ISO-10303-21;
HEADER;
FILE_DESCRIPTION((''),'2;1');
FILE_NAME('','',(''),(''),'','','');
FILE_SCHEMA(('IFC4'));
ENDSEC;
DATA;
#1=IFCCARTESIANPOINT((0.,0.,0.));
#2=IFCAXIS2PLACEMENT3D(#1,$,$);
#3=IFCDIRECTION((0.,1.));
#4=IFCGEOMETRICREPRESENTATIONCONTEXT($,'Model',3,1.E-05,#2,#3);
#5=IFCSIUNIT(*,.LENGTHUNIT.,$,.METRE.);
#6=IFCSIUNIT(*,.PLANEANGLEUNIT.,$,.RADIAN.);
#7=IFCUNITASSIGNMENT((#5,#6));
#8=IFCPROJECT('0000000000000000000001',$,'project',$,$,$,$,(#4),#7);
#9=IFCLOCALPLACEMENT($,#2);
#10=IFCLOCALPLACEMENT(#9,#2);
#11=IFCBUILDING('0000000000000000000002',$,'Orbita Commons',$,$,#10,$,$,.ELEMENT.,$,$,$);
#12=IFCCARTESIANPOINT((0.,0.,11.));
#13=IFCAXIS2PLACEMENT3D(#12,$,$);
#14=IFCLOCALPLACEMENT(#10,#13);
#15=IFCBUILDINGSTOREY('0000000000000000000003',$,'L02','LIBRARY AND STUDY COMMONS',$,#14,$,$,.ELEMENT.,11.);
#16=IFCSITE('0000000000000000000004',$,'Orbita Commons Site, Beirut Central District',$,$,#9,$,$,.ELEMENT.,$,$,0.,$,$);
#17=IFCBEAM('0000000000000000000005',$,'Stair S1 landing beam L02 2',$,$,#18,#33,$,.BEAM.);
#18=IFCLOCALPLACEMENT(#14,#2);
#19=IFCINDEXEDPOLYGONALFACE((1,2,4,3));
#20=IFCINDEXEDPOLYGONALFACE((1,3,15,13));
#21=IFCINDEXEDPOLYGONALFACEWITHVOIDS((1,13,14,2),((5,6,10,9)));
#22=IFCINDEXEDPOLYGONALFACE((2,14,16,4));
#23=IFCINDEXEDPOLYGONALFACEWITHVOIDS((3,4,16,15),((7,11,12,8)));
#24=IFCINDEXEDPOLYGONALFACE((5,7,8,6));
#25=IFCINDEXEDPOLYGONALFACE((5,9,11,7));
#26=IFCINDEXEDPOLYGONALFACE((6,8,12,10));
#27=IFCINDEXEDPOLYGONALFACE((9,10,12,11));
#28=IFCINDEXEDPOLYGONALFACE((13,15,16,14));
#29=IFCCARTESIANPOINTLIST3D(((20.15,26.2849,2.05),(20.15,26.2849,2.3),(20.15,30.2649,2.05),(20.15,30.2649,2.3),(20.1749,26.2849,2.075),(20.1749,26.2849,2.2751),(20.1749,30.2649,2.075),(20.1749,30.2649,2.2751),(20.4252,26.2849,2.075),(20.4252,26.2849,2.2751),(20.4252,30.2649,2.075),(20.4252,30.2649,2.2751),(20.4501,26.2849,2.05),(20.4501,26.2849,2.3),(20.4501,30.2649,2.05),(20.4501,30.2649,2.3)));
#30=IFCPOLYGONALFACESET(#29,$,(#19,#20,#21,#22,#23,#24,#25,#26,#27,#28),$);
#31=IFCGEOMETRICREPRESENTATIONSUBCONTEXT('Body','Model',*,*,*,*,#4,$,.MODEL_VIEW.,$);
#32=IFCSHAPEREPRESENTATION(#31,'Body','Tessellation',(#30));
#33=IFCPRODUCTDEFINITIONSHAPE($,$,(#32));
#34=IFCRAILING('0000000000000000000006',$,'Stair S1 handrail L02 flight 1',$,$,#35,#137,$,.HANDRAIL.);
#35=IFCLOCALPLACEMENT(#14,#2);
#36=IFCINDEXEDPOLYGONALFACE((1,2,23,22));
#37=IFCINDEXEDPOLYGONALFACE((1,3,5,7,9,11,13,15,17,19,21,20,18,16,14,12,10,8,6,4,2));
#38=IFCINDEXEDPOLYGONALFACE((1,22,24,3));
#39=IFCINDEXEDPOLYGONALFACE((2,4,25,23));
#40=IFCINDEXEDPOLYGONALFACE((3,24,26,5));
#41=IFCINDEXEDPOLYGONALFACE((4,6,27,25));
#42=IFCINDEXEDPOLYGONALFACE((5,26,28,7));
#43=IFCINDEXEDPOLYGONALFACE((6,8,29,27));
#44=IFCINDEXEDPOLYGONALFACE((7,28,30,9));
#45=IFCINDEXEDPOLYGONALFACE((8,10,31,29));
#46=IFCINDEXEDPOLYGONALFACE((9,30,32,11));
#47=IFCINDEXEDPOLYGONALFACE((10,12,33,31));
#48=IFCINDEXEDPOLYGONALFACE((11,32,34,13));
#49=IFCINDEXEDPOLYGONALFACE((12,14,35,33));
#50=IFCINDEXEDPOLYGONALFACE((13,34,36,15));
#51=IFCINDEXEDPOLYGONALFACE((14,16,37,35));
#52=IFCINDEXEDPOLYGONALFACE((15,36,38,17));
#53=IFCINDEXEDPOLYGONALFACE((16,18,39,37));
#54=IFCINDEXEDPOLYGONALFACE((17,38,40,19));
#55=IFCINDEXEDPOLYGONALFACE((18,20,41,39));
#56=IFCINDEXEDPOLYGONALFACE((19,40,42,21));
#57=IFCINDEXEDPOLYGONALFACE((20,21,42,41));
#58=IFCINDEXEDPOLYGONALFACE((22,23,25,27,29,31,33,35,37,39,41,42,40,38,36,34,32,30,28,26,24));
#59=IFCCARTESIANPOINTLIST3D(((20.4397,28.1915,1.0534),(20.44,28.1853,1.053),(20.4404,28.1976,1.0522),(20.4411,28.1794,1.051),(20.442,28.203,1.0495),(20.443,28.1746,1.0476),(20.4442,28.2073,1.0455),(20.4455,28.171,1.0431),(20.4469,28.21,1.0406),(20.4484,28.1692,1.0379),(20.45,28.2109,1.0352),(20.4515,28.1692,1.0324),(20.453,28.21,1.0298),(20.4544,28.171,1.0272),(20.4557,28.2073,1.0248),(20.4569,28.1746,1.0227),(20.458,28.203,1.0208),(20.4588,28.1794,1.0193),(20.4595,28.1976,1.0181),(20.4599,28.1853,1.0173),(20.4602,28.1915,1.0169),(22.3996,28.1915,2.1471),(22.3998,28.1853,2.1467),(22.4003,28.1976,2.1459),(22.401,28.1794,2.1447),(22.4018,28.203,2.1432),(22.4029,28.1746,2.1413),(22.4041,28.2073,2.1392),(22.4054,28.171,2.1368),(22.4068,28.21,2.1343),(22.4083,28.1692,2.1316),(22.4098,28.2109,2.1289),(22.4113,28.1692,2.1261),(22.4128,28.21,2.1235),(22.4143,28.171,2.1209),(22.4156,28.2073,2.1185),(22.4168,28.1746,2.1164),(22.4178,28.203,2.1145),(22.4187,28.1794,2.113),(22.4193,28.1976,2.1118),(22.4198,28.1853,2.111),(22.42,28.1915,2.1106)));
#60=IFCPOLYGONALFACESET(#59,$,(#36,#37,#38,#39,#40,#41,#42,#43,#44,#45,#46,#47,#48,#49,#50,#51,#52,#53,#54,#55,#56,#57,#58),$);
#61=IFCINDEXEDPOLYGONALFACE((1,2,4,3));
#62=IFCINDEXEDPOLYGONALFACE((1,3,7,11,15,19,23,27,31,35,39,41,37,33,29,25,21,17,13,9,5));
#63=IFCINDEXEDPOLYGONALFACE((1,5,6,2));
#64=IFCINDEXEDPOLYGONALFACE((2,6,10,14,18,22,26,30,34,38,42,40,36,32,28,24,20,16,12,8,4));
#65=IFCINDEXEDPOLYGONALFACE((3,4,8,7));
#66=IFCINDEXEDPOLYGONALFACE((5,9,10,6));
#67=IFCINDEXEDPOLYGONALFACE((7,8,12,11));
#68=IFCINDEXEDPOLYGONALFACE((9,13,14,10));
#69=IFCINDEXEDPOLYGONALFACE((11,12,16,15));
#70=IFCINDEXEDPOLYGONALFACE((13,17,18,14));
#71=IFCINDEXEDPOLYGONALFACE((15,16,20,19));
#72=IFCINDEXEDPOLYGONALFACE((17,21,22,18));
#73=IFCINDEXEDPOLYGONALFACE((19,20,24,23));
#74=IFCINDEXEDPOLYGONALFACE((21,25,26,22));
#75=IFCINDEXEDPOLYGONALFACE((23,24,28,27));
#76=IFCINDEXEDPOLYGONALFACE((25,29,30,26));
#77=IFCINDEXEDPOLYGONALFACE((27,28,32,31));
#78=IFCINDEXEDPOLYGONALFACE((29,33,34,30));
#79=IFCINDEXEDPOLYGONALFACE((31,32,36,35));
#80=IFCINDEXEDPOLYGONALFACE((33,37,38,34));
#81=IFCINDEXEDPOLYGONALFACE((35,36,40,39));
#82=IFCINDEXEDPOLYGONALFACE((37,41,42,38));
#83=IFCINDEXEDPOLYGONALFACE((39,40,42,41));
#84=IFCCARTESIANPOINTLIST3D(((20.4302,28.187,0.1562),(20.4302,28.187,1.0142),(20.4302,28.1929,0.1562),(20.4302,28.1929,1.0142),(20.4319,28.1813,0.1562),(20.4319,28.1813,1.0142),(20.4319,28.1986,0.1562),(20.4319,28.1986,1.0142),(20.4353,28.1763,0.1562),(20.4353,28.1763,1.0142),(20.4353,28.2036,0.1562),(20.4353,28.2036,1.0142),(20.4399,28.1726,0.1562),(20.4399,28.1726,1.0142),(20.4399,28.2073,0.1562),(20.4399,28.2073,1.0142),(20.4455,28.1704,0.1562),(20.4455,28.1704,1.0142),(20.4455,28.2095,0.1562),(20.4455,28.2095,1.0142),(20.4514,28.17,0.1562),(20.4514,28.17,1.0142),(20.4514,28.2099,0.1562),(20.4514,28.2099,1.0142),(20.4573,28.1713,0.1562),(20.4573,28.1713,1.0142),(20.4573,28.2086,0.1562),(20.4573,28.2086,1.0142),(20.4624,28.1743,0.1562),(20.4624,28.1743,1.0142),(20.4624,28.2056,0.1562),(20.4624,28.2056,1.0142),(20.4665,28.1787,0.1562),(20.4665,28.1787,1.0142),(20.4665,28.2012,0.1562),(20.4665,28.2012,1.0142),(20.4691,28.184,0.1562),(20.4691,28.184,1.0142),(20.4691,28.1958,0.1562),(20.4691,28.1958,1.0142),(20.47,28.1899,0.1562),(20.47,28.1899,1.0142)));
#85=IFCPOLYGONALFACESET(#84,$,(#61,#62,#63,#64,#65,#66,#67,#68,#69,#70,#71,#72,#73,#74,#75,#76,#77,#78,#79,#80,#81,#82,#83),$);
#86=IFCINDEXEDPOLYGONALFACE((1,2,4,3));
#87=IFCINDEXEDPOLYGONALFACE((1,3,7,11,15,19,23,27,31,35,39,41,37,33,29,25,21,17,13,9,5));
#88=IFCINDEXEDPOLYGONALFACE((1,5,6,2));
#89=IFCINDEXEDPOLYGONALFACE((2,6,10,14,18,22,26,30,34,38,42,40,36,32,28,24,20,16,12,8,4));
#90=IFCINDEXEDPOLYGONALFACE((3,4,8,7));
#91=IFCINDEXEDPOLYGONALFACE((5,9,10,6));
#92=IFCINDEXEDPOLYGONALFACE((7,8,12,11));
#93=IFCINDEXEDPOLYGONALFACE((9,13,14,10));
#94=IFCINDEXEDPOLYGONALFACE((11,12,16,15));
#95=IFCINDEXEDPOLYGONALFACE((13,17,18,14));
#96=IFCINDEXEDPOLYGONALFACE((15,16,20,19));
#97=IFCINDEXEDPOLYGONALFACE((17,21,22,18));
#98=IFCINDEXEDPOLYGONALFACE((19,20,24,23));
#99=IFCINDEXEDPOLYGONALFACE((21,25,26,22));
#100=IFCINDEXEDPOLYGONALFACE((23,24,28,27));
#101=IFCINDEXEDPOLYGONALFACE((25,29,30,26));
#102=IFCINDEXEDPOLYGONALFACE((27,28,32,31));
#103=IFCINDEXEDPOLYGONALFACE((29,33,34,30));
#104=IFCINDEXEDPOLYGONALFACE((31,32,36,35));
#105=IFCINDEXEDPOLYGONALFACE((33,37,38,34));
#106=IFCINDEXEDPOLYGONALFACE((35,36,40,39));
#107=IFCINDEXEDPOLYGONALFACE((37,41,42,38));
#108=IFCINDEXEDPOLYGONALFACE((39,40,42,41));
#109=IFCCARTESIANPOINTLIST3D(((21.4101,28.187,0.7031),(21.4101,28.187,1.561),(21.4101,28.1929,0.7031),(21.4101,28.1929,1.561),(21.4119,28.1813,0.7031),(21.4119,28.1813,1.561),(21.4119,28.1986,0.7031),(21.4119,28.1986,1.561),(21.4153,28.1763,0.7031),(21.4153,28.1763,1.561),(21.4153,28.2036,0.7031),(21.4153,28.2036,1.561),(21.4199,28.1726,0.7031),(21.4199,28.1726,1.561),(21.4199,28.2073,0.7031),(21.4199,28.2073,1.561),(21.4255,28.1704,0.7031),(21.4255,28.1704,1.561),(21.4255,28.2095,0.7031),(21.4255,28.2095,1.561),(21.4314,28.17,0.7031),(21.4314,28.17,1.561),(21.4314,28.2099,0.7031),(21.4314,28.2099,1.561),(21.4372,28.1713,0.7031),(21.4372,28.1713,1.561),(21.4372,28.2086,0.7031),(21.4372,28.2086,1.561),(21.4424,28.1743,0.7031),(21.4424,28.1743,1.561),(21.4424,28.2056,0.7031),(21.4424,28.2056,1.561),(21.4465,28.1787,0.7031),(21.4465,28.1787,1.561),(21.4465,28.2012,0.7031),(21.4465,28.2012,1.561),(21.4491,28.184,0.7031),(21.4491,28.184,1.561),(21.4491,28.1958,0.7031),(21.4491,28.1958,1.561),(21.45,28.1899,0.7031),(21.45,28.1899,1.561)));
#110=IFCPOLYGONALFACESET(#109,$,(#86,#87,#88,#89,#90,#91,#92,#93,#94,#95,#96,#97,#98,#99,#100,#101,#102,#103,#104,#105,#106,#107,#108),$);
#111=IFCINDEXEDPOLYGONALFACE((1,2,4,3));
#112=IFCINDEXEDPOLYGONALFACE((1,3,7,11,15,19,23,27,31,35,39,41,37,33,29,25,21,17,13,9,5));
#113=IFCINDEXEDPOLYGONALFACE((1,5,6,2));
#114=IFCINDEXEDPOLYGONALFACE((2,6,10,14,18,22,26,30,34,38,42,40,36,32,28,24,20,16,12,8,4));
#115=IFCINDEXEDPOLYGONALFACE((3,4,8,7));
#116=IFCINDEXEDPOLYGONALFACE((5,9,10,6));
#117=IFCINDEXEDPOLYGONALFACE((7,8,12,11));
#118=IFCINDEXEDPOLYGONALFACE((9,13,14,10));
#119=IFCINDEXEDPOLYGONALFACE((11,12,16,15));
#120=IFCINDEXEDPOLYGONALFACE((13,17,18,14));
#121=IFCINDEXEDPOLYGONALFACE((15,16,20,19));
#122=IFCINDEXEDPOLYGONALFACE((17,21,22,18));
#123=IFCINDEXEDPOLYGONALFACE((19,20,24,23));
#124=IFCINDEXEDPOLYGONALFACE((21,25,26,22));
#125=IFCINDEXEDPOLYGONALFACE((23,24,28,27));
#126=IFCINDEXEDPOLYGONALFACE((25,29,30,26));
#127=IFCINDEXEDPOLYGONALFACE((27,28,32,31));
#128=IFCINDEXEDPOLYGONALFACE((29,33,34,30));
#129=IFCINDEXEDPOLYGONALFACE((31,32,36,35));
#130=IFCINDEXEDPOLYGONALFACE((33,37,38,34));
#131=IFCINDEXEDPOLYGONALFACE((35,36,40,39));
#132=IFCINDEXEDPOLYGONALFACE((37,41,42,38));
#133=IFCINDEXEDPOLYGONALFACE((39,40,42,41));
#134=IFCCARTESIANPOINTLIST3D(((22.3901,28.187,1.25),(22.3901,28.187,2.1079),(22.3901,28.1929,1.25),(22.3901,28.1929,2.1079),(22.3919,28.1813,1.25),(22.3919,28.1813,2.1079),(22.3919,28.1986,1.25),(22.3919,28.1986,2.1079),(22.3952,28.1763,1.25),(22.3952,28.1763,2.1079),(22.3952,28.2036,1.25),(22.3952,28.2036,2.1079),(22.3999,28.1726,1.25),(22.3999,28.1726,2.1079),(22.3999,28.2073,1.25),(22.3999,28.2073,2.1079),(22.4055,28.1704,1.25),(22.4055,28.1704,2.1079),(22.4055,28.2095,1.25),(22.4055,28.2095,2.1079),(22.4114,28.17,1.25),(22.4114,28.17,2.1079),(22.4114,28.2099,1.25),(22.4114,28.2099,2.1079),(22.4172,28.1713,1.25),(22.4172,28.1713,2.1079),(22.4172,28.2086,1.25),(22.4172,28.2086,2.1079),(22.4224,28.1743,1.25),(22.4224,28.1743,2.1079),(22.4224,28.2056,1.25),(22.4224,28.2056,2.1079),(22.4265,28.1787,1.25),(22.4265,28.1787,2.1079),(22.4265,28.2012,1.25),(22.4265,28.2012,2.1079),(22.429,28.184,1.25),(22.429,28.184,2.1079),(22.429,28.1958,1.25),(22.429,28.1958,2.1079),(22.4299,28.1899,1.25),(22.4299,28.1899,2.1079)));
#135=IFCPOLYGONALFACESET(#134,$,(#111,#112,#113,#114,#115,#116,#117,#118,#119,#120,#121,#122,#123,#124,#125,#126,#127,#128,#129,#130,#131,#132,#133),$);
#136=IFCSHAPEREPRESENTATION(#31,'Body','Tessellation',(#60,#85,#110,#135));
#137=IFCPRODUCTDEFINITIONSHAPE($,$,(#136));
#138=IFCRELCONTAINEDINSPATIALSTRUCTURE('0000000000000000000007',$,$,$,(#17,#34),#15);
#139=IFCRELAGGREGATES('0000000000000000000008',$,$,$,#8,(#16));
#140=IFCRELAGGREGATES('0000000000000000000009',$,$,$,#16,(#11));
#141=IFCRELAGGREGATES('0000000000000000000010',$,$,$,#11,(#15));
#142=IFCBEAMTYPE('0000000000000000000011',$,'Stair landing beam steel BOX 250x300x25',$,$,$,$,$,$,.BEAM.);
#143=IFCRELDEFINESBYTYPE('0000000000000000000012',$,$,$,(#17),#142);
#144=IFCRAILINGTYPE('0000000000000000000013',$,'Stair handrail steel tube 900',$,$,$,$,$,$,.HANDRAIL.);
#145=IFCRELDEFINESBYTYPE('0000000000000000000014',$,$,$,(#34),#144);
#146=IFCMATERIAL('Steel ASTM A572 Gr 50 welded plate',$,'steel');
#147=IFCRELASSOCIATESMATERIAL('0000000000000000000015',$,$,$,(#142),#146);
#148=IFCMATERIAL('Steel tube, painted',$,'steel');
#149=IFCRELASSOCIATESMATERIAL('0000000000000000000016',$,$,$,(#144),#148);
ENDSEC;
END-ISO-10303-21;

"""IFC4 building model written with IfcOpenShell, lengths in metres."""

from ifc_helpers import new_model, si_unit, direction, frame, origin, origin_2d, place, context, subcontext, project, spatial, hollow_rectangle, circle, extrude, material, material_profile, profile_set, type_object, element, save


model = new_model("IFC4")

# Units and contexts
model_context = context("Model", 3, precision=1e-05, world=origin(), true_north=direction((0.0, 1.0)))
body_context = subcontext(model_context, "Body", "Model", "MODEL_VIEW")
ifc_project = project(units=[si_unit("LENGTHUNIT", "METRE"), si_unit("PLANEANGLEUNIT", "RADIAN")], contexts=[model_context])

# Site, building, storey
site_placement = place(None, origin())
site = spatial("IfcSite", under=ifc_project, at=site_placement, Name="Orbita Commons Site, Beirut Central District", CompositionType="ELEMENT", RefElevation=0.0)
building_placement = place(site_placement, origin())
building = spatial("IfcBuilding", under=site, at=building_placement, Name="Orbita Commons", CompositionType="ELEMENT")
storey_placement = place(building_placement, frame((0.0, 0.0, 11.0)))
storey = spatial("IfcBuildingStorey", under=building, at=storey_placement, Name="L02", Description="LIBRARY AND STUDY COMMONS", CompositionType="ELEMENT", Elevation=11.0)

# Beam
ifc_material_1 = material(Name="Steel ASTM A572 Gr 50 welded plate", Category="steel")
ifc_material_profile = material_profile(ifc_material_1, hollow_rectangle(XDim=0.3, YDim=0.25, WallThickness=0.0249, at=origin_2d()), Name="BOX 250x300x25")
ifc_profile_set = profile_set([ifc_material_profile], Name="Steel ASTM A572 Gr 50 welded plate")
beam_type = type_object("IfcBeamType", Name="Stair landing beam steel BOX 250x300x25", PredefinedType="BEAM", material=ifc_profile_set)
beam_placement = place(storey_placement, frame((20.3, 26.2849, 2.175), z_axis=(0.0, 1.0, 0.0), x_axis=(-1.0, 0.0, 0.0)))
element("IfcBeam", 1, at=beam_placement, inside=storey, type_object=beam_type, Name="Stair S1 landing beam L02 2", PredefinedType="BEAM", context=body_context, shape_type="SweptSolid", body=[
    extrude(hollow_rectangle(XDim=0.3, YDim=0.25, WallThickness=0.0249, at=origin_2d()), origin(), (0.0, 0.0, 1.0), 3.98),
])

# Railing
ifc_material_2 = material(Name="Steel tube, painted", Category="steel")
railing_type = type_object("IfcRailingType", Name="Stair handrail steel tube 900", PredefinedType="HANDRAIL", material=ifc_material_2)
for number, where, name in (
    (2, (20.45, 28.1899, 0.1562), "Stair S1 handrail L02 flight 1"),
):
    element("IfcRailing", number, at=place(storey_placement, frame(where)), inside=storey, type_object=railing_type, Name=name, PredefinedType="HANDRAIL", context=body_context, shape_type="SweptSolid", body=[
        extrude(circle(Radius=0.021, at=origin_2d()), frame((0.0, 0.0, 0.8789), z_axis=(0.873232, 0.0, 0.487304), x_axis=(0.0, 1.0, 0.0)), (0.0, 0.0, 1.0), 2.2444),
        extrude(circle(Radius=0.02, at=origin_2d()), origin(), (0.0, 0.0, 1.0), 0.8579),
        extrude(circle(Radius=0.02, at=origin_2d()), frame((0.98, 0.0, 0.5469)), (0.0, 0.0, 1.0), 0.8579),
        extrude(circle(Radius=0.02, at=origin_2d()), frame((1.96, 0.0, 1.0938)), (0.0, 0.0, 1.0), 0.8579),
    ])

save(model, "model.ifc")
